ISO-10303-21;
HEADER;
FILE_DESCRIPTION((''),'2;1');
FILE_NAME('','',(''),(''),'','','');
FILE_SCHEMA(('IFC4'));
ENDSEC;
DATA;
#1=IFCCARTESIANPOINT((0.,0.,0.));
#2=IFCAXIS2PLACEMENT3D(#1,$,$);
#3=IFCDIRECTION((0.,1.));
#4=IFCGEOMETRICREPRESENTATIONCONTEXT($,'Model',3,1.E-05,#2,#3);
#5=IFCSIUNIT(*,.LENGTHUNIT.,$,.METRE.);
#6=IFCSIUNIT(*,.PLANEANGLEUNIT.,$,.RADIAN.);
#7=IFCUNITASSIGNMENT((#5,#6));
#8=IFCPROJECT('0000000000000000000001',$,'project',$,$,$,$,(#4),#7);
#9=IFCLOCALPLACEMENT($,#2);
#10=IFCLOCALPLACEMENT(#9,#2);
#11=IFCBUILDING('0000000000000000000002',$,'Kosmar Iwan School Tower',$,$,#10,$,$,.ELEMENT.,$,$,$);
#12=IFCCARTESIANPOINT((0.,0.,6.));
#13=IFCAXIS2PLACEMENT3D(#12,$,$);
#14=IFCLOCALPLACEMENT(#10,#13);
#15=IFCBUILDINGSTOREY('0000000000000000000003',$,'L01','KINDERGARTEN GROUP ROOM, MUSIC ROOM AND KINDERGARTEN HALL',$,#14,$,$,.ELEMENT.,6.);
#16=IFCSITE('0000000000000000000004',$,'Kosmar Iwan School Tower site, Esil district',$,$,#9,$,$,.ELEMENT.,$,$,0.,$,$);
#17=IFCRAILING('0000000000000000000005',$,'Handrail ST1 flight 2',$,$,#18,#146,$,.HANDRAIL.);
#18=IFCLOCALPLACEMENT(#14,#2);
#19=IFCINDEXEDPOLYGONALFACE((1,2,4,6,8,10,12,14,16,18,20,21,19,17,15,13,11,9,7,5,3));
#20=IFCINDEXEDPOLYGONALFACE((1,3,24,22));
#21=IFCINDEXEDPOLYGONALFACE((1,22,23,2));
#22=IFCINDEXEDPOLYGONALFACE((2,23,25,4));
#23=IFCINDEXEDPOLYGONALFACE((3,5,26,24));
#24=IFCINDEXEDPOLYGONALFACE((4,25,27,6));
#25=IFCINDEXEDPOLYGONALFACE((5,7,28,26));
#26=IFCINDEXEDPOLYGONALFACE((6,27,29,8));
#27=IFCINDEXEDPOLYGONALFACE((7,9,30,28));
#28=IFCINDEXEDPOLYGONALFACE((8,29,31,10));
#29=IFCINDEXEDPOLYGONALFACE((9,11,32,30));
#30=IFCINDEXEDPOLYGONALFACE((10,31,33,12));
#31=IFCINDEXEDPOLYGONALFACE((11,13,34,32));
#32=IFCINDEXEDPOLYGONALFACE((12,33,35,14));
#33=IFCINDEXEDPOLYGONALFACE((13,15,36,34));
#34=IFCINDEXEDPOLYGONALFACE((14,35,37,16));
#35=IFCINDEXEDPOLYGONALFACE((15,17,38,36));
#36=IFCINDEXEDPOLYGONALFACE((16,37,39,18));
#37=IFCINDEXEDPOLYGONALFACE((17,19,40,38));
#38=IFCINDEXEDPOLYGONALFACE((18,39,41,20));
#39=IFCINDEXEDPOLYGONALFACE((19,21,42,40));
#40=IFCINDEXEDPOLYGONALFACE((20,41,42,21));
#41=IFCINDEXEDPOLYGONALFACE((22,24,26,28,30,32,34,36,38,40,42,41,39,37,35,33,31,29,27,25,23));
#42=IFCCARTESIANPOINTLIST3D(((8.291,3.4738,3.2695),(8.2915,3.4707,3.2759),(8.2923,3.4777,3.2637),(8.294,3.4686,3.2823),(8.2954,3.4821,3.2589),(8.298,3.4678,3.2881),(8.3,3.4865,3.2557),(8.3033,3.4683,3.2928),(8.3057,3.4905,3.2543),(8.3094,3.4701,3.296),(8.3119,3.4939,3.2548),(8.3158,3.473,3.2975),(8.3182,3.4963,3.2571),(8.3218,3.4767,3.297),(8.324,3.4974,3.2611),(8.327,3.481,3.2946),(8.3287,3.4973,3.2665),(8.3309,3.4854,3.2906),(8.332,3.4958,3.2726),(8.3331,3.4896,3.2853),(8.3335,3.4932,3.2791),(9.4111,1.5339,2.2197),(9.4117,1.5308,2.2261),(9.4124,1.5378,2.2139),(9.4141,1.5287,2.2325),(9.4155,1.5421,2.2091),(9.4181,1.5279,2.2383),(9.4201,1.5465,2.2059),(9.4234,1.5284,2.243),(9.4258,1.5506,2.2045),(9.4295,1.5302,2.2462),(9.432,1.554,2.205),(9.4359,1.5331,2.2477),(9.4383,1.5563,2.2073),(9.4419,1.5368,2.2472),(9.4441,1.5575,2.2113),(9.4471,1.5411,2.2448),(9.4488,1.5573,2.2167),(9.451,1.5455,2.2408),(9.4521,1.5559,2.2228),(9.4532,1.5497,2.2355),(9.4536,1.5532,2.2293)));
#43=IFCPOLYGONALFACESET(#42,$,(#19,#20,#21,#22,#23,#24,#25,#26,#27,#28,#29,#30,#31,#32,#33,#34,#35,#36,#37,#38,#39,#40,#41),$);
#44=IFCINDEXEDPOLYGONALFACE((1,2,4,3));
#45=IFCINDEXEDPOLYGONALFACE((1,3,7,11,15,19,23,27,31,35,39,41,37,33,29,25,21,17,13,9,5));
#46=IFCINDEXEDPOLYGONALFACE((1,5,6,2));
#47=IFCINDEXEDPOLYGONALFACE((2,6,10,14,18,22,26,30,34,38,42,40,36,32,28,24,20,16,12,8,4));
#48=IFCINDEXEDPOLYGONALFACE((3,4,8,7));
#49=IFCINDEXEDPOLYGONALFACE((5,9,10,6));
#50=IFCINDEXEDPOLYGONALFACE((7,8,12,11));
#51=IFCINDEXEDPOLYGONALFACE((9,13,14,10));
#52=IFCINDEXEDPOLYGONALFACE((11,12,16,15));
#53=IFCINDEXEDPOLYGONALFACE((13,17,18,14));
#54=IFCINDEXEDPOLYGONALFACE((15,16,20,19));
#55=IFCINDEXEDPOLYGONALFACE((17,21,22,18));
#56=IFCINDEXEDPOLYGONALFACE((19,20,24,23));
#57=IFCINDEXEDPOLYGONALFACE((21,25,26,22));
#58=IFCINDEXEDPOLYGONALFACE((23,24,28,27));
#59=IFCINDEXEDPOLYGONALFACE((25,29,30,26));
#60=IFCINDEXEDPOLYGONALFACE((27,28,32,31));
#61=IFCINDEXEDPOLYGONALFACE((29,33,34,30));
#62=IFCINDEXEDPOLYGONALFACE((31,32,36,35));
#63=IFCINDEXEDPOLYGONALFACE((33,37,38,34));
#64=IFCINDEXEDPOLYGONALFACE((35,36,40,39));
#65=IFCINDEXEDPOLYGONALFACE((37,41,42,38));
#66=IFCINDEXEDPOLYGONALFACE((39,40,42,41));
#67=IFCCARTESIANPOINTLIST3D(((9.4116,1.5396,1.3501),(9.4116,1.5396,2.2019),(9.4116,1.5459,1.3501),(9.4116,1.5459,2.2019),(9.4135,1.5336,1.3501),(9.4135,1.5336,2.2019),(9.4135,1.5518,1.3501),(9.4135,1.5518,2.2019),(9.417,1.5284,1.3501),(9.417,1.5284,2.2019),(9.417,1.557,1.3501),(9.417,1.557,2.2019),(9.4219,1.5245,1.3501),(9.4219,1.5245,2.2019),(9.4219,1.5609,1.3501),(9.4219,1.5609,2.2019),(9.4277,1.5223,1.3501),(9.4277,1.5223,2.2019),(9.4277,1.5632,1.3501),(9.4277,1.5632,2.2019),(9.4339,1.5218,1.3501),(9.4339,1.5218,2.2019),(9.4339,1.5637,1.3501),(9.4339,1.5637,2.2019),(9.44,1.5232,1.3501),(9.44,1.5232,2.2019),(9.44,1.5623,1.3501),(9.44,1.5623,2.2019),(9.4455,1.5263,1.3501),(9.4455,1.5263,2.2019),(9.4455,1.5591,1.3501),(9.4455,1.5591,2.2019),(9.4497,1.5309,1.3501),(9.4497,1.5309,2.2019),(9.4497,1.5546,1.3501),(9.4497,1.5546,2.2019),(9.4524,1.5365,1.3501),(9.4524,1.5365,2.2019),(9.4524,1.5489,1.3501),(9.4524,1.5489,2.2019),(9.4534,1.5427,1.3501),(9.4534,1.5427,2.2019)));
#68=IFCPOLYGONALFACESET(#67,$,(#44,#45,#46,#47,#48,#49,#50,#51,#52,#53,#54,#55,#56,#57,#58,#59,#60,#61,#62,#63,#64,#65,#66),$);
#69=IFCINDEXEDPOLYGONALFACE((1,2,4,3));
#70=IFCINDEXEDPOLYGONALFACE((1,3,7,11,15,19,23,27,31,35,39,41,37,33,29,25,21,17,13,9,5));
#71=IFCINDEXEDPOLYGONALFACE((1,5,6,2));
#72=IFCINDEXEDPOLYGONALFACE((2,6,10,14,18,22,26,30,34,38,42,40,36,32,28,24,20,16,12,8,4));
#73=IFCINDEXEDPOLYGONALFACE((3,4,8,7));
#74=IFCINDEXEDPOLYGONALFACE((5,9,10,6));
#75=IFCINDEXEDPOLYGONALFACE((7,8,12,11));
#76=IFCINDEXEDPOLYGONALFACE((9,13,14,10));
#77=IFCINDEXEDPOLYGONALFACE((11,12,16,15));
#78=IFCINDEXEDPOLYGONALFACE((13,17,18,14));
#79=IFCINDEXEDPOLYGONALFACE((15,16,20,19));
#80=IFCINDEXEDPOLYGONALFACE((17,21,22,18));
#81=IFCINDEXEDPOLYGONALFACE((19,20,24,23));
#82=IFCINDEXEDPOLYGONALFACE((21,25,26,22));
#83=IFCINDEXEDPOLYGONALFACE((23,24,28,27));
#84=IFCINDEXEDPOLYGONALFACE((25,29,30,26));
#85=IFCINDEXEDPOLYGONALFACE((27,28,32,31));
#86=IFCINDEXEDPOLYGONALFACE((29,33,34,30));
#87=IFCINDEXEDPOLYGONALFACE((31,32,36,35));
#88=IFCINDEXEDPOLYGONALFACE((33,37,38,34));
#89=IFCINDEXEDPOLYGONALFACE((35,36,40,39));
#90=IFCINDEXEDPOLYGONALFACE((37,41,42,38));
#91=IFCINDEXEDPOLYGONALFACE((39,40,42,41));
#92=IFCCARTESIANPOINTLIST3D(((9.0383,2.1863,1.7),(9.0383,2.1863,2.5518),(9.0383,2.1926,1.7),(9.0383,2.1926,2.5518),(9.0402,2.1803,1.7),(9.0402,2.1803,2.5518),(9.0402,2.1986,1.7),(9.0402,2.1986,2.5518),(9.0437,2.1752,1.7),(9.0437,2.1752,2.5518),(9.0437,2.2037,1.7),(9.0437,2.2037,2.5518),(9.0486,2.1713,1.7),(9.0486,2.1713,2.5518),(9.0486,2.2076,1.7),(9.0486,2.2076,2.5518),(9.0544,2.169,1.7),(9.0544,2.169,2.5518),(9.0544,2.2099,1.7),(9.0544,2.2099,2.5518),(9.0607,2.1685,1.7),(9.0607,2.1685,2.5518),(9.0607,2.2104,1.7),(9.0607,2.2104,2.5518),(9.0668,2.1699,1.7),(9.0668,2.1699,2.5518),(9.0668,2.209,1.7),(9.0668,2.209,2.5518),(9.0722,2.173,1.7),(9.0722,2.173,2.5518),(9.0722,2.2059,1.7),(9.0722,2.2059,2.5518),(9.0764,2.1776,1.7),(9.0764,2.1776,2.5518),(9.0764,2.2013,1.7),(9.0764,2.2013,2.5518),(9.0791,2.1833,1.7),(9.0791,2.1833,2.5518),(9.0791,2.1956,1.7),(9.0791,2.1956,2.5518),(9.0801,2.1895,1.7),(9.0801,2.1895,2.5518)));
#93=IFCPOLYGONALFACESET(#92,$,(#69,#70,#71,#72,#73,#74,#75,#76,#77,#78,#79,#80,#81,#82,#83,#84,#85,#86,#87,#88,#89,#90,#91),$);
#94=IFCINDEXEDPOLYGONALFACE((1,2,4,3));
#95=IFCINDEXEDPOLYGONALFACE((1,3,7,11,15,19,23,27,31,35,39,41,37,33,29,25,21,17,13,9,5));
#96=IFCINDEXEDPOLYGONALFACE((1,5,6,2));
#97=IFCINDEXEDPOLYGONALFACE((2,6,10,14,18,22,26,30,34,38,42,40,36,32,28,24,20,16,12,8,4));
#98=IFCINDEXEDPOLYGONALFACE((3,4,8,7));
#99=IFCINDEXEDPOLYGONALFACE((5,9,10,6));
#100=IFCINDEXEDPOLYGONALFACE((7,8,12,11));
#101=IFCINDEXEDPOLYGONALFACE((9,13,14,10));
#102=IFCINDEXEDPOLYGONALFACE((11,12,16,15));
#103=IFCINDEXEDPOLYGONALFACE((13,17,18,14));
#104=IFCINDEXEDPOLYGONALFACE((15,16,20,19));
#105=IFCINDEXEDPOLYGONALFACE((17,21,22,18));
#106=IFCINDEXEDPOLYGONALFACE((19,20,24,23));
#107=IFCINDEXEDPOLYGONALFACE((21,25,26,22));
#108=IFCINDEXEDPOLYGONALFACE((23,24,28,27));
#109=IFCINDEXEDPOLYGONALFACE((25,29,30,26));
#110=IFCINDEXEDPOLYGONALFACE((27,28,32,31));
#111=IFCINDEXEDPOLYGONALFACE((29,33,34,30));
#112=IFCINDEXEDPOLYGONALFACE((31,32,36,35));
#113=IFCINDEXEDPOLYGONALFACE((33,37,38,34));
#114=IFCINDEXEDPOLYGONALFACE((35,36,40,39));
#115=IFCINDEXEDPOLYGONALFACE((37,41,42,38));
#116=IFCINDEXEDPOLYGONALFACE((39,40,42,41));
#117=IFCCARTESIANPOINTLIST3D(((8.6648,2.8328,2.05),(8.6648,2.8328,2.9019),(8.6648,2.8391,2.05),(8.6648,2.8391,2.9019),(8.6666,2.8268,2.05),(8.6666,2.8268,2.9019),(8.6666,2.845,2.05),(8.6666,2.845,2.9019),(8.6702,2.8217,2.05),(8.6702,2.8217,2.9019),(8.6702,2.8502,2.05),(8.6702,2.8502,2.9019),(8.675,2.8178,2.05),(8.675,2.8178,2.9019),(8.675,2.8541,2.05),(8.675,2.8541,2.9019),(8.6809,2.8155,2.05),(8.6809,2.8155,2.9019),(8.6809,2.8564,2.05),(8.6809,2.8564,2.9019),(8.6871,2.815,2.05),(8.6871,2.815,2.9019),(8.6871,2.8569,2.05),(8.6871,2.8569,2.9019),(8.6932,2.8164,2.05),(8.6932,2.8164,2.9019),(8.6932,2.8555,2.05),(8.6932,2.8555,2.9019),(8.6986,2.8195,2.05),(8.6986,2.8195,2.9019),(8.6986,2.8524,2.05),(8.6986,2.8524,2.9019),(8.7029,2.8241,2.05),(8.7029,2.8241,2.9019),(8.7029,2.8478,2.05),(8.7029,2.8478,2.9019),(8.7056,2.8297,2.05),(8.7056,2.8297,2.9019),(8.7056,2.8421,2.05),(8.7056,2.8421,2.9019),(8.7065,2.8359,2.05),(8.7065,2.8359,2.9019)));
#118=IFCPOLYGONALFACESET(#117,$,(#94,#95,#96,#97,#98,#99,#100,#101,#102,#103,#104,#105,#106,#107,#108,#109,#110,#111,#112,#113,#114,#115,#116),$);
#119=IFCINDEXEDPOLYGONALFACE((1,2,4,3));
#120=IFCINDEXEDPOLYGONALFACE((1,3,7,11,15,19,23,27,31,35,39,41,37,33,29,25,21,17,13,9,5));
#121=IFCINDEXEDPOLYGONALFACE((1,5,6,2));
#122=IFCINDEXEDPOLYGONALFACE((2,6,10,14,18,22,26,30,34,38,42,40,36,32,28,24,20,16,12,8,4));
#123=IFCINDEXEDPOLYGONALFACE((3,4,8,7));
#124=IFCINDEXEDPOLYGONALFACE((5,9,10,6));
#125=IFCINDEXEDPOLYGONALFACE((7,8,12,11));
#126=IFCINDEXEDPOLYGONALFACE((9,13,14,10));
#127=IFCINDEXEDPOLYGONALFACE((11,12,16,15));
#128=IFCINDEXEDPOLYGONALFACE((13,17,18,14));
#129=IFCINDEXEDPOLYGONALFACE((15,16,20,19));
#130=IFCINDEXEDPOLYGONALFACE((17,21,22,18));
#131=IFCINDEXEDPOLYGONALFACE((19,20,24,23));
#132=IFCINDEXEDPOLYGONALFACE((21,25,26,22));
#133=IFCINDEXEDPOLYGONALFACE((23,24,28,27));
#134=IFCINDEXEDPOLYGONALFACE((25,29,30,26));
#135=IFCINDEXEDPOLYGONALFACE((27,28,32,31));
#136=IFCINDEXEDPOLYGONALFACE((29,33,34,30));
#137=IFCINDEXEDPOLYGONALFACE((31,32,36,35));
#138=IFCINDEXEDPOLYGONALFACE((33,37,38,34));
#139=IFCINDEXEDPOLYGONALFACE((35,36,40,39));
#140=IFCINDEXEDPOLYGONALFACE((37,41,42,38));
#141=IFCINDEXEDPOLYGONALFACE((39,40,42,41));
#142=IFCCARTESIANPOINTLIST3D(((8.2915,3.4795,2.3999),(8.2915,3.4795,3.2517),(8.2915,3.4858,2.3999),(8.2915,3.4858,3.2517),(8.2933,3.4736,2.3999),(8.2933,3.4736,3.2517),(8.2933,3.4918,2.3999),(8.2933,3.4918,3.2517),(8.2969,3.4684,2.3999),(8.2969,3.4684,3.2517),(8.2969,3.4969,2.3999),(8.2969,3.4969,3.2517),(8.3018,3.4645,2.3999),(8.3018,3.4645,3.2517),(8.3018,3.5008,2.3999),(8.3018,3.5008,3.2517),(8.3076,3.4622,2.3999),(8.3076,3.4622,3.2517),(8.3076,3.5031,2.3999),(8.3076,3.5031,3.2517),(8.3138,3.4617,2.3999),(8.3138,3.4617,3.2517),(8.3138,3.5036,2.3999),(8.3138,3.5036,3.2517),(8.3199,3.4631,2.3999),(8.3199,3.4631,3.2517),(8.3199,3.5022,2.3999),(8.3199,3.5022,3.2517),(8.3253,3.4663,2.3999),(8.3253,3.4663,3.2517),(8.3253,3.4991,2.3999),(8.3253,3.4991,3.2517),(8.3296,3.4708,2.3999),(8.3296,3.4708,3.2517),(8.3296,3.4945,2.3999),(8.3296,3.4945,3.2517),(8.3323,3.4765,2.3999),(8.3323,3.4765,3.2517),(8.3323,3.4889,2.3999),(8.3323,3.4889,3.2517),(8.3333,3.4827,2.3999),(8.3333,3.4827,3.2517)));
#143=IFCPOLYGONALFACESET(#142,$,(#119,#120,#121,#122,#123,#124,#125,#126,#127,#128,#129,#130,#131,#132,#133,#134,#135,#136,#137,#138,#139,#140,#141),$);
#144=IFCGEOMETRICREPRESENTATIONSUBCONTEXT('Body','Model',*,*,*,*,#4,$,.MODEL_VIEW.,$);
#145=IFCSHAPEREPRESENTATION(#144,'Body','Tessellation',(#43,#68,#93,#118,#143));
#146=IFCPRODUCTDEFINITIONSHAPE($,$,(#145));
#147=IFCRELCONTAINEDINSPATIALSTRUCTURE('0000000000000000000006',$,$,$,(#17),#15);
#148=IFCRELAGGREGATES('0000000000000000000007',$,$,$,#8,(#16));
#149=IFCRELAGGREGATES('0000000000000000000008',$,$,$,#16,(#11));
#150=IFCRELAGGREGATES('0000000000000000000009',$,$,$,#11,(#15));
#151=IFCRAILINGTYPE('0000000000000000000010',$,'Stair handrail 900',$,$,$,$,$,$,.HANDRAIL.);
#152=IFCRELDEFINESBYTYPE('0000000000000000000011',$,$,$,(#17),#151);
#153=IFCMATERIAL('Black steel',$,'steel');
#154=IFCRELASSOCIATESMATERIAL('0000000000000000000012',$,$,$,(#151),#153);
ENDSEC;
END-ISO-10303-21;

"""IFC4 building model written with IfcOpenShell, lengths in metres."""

from ifc_helpers import new_model, si_unit, direction, frame, origin, origin_2d, place, context, subcontext, project, spatial, circle, extrude, material, type_object, element, save


model = new_model("IFC4")

# Units and contexts
model_context = context("Model", 3, precision=1e-05, world=origin(), true_north=direction((0.0, 1.0)))
body_context = subcontext(model_context, "Body", "Model", "MODEL_VIEW")
ifc_project = project(units=[si_unit("LENGTHUNIT", "METRE"), si_unit("PLANEANGLEUNIT", "RADIAN")], contexts=[model_context])

# Site, building, storey
site_placement = place(None, origin())
site = spatial("IfcSite", under=ifc_project, at=site_placement, Name="Kosmar Iwan School Tower site, Esil district", CompositionType="ELEMENT", RefElevation=0.0)
building_placement = place(site_placement, origin())
building = spatial("IfcBuilding", under=site, at=building_placement, Name="Kosmar Iwan School Tower", CompositionType="ELEMENT")
storey_placement = place(building_placement, frame((0.0, 0.0, 6.0)))
storey = spatial("IfcBuildingStorey", under=building, at=storey_placement, Name="L01", Description="KINDERGARTEN GROUP ROOM, MUSIC ROOM AND KINDERGARTEN HALL", CompositionType="ELEMENT", Elevation=6.0)

# Railing
ifc_material_1 = material(Name="Black steel", Category="steel")
railing_type = type_object("IfcRailingType", Name="Stair handrail 900", PredefinedType="HANDRAIL", material=ifc_material_1)
railing_1_placement = place(storey_placement, frame((9.4324, 1.5427, 1.3501)))
element("IfcRailing", 1, at=railing_1_placement, inside=storey, type_object=railing_type, Name="Handrail ST1 flight 2", PredefinedType="HANDRAIL", context=body_context, shape_type="SweptSolid", body=[
    extrude(circle(Radius=0.0239, at=origin_2d()), frame((0.0, 0.0, 0.876), z_axis=(-0.452776, 0.784167, 0.424354), x_axis=(-0.866008, -0.500031, 0.0)), (0.0, 0.0, 1.0), 2.4739),
    extrude(circle(Radius=0.021, at=origin_2d()), origin(), (0.0, 0.0, 1.0), 0.8518),
    extrude(circle(Radius=0.021, at=origin_2d()), frame((-0.3733, 0.6467, 0.3499)), (0.0, 0.0, 1.0), 0.8518),
    extrude(circle(Radius=0.021, at=origin_2d()), frame((-0.7468, 1.2932, 0.7)), (0.0, 0.0, 1.0), 0.8518),
    extrude(circle(Radius=0.021, at=origin_2d()), frame((-1.1201, 1.9399, 1.0498)), (0.0, 0.0, 1.0), 0.8518),
])

save(model, "model.ifc")
